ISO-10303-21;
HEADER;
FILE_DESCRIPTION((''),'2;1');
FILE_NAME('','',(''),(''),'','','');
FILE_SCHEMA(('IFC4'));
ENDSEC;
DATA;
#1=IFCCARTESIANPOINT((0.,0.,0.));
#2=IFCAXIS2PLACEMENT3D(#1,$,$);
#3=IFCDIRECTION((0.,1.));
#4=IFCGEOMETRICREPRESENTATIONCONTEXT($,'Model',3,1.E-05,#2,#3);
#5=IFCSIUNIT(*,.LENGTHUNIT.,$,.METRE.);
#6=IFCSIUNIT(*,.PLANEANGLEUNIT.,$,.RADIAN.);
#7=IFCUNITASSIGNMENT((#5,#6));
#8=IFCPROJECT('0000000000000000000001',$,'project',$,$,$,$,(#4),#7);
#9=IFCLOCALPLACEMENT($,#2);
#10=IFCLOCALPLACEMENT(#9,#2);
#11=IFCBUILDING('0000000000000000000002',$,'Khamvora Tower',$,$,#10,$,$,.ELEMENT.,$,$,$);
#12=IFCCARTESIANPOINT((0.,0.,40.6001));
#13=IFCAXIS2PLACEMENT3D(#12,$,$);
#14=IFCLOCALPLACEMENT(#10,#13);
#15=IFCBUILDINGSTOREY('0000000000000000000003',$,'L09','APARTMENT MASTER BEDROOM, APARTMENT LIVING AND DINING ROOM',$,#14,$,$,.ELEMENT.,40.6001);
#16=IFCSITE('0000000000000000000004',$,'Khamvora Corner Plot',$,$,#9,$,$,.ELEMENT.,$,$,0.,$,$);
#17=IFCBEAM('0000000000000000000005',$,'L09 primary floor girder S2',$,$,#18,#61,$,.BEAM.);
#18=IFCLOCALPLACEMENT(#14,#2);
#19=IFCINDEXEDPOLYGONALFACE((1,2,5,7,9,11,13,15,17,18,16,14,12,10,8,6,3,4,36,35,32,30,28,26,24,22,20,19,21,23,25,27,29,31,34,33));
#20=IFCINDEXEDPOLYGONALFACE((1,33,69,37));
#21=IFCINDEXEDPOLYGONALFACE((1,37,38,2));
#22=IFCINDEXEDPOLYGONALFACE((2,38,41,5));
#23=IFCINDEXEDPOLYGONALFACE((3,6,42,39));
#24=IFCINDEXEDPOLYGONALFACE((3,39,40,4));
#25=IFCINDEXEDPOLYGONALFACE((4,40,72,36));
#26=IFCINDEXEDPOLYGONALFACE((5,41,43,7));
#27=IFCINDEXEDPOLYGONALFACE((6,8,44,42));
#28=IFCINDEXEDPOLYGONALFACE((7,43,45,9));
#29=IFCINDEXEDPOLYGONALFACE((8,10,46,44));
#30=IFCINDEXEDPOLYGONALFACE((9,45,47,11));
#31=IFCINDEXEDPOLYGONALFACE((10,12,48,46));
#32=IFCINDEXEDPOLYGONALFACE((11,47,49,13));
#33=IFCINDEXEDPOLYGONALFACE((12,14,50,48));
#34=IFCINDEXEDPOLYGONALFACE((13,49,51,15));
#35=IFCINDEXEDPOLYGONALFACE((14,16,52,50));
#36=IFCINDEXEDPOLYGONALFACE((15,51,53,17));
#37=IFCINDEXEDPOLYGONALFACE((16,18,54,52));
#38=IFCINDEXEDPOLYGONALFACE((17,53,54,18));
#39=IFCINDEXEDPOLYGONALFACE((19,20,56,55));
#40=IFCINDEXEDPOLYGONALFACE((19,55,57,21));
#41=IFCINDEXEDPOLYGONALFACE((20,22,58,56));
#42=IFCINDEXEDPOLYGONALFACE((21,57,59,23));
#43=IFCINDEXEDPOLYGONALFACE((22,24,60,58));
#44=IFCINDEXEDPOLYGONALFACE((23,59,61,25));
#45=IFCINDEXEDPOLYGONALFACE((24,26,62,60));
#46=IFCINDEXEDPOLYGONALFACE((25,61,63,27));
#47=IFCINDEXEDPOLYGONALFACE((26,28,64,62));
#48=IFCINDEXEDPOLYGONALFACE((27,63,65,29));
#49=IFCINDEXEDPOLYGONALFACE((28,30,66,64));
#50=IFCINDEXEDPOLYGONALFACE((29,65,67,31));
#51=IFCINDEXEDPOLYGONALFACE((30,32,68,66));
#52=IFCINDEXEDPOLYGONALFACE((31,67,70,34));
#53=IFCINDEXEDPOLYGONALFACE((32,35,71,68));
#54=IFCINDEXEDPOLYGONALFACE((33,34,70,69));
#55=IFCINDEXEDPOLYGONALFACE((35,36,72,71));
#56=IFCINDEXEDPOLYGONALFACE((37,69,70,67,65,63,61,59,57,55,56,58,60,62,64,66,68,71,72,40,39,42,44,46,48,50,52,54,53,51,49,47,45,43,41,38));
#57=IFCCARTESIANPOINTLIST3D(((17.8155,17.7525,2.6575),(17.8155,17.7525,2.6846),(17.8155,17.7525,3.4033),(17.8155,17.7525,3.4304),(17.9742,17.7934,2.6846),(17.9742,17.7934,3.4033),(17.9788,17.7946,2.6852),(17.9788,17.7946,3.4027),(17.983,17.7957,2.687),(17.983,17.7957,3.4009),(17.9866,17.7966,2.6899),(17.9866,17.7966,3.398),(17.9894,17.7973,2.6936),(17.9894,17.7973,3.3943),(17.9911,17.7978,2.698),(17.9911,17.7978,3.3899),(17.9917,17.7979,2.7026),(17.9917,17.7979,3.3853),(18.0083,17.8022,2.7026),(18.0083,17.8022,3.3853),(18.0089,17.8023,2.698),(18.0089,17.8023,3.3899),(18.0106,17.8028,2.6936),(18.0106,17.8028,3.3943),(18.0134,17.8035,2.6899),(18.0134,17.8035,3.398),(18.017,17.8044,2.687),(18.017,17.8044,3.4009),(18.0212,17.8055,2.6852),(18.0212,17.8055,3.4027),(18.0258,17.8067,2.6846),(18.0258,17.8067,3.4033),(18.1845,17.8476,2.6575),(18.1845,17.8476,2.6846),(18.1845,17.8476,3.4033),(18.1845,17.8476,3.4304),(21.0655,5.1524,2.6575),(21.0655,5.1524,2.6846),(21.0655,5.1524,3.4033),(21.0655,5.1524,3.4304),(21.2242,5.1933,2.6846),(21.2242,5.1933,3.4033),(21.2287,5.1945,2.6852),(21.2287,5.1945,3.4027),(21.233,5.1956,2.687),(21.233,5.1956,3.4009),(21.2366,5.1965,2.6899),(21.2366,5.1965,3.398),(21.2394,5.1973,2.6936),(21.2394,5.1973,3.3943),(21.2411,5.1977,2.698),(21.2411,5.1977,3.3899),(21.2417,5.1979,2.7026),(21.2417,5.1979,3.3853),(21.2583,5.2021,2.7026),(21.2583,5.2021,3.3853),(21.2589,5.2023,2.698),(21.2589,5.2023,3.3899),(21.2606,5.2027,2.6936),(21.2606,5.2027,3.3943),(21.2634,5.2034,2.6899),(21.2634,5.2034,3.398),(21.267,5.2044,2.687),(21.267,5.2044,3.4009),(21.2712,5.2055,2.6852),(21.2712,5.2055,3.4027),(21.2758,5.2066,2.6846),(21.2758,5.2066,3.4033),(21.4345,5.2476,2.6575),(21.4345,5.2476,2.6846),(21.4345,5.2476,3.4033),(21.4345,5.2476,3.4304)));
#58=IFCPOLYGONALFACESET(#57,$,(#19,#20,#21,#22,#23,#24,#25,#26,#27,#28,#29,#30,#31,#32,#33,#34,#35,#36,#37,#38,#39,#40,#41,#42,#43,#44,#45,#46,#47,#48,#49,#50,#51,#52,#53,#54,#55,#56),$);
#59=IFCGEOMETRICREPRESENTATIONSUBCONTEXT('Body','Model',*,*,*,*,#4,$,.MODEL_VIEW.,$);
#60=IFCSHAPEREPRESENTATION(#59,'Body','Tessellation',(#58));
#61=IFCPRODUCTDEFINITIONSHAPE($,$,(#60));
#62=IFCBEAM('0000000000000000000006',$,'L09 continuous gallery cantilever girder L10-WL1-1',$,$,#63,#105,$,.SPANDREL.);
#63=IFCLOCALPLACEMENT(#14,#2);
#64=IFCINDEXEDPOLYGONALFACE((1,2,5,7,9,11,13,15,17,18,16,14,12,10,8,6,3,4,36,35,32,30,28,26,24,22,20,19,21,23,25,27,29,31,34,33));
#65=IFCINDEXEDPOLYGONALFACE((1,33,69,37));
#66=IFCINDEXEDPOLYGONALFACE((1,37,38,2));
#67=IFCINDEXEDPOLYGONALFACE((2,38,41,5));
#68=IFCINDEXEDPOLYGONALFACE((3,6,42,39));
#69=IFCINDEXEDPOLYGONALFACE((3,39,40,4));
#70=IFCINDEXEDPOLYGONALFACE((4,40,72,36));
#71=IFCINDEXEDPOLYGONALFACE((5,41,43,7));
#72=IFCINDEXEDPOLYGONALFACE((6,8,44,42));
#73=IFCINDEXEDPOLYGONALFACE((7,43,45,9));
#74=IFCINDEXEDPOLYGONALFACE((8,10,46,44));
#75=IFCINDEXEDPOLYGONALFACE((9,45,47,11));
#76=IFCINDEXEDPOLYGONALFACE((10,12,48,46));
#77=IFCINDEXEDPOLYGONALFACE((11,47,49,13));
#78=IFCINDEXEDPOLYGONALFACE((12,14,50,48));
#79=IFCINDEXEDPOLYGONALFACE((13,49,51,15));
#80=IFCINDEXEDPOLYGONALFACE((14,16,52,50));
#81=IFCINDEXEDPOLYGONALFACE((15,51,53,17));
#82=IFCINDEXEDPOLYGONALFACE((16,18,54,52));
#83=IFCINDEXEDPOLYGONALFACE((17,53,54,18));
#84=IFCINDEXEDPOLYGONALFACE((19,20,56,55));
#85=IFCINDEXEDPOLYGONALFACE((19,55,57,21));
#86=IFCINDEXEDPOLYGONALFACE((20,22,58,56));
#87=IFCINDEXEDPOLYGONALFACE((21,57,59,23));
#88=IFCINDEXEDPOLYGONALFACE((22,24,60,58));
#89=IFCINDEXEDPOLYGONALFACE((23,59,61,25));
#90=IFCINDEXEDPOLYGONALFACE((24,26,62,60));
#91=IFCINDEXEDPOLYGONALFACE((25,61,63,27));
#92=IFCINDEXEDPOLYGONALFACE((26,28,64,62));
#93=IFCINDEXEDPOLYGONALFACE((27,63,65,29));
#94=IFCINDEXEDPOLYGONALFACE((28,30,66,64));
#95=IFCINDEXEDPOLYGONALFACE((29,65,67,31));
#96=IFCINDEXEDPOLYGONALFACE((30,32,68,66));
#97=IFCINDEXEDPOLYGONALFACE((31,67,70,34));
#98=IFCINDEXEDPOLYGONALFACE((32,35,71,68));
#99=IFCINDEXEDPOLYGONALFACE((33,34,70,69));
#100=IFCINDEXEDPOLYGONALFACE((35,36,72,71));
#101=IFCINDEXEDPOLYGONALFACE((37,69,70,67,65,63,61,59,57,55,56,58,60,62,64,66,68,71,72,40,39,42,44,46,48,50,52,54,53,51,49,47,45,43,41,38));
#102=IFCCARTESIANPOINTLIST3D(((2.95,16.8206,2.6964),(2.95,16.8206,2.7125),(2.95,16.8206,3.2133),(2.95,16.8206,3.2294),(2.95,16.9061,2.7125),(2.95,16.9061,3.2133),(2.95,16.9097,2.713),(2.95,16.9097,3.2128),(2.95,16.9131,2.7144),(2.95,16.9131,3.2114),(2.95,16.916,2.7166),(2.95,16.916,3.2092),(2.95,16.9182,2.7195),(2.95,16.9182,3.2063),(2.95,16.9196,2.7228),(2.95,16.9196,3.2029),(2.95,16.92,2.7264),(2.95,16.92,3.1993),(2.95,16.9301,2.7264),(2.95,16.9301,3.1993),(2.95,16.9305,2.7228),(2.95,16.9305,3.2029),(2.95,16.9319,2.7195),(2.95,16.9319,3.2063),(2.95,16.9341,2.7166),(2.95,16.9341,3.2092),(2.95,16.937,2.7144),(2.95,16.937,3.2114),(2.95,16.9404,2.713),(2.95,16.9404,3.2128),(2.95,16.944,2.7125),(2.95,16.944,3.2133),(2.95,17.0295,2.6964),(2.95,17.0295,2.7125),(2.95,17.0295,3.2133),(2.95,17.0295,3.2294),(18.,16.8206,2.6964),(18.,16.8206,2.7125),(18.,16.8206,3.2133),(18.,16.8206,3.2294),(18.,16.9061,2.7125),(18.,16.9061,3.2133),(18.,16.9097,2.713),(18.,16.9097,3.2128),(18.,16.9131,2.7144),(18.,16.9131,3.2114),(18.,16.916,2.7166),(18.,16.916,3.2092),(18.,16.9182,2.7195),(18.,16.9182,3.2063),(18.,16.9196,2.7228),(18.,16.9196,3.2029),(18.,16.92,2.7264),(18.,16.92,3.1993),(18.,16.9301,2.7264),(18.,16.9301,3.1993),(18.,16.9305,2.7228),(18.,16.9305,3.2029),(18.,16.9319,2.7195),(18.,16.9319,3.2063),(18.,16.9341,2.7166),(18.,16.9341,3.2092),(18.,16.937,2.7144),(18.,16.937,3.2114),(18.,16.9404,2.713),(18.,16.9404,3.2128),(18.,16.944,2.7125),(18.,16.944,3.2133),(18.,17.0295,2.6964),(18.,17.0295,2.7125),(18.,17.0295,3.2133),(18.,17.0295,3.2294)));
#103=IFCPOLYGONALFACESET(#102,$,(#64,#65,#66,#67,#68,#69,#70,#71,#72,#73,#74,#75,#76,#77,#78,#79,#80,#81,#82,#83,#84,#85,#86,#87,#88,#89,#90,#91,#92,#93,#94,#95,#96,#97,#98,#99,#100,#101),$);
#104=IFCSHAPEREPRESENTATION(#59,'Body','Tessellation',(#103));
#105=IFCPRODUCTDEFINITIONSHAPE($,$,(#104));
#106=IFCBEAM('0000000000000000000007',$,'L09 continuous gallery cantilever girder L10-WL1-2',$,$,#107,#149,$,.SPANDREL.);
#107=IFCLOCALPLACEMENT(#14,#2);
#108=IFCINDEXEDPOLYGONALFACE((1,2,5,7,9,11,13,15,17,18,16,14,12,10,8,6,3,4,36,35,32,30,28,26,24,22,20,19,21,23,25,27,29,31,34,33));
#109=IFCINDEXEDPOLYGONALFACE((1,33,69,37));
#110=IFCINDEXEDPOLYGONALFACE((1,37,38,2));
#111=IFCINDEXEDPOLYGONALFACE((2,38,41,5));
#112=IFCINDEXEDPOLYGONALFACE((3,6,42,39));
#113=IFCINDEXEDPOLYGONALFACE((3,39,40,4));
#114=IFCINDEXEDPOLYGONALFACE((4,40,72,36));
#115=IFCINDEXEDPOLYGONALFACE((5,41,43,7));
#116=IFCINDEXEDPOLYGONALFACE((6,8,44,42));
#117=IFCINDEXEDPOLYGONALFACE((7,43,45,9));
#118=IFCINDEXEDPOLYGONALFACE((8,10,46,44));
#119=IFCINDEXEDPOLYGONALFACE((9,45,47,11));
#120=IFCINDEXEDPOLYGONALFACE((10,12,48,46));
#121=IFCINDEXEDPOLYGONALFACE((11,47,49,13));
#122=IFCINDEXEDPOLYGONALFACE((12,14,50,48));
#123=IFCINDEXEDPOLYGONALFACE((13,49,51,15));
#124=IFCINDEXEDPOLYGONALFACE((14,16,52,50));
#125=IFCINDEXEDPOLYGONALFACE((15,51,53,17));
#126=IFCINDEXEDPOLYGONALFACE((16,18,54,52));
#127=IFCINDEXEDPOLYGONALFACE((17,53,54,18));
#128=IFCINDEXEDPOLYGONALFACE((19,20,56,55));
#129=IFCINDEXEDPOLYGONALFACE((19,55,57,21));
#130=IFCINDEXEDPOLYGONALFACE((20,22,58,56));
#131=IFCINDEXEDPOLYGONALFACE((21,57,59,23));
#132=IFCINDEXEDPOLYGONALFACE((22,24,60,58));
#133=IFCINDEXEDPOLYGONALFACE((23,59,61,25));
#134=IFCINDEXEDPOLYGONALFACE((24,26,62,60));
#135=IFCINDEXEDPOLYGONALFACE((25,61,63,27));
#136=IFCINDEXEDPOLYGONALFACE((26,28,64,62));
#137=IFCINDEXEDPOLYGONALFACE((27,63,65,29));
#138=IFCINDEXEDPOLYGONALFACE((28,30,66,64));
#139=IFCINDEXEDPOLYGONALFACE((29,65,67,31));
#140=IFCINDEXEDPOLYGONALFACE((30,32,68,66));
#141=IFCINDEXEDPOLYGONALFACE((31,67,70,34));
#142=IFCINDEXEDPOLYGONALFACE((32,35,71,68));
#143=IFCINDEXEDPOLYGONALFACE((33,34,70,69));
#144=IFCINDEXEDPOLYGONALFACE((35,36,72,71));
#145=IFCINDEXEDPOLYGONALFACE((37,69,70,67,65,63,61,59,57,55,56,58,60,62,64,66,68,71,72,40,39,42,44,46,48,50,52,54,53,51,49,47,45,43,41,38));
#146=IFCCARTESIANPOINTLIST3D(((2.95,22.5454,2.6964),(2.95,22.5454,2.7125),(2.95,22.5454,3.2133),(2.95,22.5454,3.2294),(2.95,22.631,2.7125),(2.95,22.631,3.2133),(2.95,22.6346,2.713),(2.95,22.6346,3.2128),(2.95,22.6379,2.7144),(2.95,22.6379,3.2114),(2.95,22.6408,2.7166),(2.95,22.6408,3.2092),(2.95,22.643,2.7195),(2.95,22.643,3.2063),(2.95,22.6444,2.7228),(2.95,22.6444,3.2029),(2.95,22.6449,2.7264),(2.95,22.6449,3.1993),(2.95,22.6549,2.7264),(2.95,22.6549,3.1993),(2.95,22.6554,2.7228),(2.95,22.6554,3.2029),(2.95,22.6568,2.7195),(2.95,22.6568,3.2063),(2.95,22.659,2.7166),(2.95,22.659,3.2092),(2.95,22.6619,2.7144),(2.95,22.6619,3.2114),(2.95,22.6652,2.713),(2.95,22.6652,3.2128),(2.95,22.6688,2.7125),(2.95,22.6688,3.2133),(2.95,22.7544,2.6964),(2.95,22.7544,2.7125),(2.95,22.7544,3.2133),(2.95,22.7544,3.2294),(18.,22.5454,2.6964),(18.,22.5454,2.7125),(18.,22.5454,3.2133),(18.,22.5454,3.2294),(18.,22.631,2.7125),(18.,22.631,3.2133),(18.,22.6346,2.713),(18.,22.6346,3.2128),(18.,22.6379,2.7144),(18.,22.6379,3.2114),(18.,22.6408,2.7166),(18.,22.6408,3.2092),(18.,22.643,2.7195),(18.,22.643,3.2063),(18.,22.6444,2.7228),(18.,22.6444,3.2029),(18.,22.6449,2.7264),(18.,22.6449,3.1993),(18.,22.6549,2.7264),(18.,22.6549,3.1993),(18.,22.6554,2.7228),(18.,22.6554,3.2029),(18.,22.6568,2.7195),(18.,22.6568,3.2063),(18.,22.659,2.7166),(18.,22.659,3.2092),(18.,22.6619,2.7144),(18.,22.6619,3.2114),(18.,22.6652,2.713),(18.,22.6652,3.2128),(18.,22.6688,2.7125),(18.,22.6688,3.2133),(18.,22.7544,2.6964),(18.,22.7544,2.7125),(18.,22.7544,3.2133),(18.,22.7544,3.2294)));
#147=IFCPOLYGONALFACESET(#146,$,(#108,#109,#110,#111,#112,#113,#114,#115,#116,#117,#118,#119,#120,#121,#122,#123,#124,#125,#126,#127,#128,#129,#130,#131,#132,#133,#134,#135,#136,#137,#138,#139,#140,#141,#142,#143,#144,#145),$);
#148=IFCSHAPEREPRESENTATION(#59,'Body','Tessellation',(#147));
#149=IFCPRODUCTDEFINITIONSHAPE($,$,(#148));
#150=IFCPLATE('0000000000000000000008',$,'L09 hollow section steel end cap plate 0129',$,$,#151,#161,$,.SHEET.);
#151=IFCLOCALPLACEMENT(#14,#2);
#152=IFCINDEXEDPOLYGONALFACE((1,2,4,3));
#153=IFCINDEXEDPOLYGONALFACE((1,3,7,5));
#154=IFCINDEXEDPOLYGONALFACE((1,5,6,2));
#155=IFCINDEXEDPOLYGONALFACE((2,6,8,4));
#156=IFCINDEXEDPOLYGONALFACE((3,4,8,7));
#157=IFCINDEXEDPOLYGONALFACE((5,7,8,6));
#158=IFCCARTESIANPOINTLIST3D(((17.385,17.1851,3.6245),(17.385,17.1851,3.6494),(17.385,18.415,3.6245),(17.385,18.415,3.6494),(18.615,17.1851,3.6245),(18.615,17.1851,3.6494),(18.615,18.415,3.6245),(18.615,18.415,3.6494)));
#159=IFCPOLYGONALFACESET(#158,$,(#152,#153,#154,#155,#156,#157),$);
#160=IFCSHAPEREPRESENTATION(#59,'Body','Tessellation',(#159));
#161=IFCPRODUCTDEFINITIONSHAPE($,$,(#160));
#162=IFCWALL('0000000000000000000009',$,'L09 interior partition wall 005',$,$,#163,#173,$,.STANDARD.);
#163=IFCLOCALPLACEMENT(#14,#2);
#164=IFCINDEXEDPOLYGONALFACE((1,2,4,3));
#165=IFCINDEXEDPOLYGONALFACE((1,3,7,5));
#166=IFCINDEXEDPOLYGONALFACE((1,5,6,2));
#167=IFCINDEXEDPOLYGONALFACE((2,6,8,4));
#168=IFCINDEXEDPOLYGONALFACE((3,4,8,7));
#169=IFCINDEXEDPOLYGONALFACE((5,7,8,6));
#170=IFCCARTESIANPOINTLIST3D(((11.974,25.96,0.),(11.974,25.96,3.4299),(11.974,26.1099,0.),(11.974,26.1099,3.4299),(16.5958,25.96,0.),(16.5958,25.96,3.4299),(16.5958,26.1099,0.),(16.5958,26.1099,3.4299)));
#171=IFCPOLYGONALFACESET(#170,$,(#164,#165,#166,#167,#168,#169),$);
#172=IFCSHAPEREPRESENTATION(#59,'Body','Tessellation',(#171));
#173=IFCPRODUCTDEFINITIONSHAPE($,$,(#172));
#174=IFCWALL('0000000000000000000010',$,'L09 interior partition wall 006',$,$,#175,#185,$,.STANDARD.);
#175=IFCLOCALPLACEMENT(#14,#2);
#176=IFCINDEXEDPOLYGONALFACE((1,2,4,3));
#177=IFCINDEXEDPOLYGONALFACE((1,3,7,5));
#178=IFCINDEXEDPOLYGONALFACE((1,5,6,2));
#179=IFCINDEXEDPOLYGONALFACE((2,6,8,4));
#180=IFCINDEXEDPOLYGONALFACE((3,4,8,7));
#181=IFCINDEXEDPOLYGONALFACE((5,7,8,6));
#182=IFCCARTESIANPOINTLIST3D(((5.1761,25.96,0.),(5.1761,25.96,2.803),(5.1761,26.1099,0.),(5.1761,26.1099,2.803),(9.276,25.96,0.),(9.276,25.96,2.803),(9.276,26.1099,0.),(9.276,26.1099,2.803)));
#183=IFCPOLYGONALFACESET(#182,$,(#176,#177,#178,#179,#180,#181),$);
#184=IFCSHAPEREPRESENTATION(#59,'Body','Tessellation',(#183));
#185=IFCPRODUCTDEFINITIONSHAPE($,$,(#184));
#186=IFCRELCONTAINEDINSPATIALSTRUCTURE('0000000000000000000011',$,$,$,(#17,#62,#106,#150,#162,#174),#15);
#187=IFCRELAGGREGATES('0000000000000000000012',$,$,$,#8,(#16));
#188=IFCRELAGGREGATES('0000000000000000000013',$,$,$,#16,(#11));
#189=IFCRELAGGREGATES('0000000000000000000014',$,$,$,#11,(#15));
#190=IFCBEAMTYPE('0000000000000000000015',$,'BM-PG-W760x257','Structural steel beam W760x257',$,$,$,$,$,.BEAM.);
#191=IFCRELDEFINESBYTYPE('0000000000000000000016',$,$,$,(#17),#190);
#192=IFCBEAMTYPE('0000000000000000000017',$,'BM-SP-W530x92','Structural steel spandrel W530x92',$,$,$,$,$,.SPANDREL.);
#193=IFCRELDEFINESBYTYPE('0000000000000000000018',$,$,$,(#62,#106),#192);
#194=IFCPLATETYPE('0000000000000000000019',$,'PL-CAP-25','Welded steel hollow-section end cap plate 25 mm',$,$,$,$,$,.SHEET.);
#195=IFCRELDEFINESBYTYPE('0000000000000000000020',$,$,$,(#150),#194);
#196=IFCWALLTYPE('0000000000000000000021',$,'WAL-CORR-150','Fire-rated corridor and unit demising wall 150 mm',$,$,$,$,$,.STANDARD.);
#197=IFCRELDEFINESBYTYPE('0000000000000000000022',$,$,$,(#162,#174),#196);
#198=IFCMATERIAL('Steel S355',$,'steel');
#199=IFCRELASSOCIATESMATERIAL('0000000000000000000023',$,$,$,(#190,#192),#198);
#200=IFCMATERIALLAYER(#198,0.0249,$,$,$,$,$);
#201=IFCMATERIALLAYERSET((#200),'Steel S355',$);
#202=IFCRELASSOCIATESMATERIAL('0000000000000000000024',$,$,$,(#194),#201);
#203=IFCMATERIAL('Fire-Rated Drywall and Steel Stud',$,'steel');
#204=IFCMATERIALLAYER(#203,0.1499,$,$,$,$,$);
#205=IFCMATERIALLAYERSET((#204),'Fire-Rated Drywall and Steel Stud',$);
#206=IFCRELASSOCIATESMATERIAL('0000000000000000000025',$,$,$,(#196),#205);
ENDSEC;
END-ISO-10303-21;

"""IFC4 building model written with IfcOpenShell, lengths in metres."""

from ifc_helpers import new_model, si_unit, direction, frame, frame_2d, origin, origin_2d, place, context, subcontext, project, spatial, rectangle, i_section, extrude, material, layer, layer_set, material_profile, profile_set, type_object, element, save


model = new_model("IFC4")

# Units and contexts
model_context = context("Model", 3, precision=1e-05, world=origin(), true_north=direction((0.0, 1.0)))
body_context = subcontext(model_context, "Body", "Model", "MODEL_VIEW")
ifc_project = project(units=[si_unit("LENGTHUNIT", "METRE"), si_unit("PLANEANGLEUNIT", "RADIAN")], contexts=[model_context])

# Site, building, storey
site_placement = place(None, origin())
site = spatial("IfcSite", under=ifc_project, at=site_placement, Name="Khamvora Corner Plot", CompositionType="ELEMENT", RefElevation=0.0)
building_placement = place(site_placement, origin())
building = spatial("IfcBuilding", under=site, at=building_placement, Name="Khamvora Tower", CompositionType="ELEMENT")
storey_placement = place(building_placement, frame((0.0, 0.0, 40.6001)))
storey = spatial("IfcBuildingStorey", under=building, at=storey_placement, Name="L09", Description="APARTMENT MASTER BEDROOM, APARTMENT LIVING AND DINING ROOM", CompositionType="ELEMENT", Elevation=40.6001)

# Beams
ifc_material_1 = material(Name="Steel S355", Category="steel")
ifc_material_profile_1 = material_profile(ifc_material_1, i_section(OverallWidth=0.3811, OverallDepth=0.7729, WebThickness=0.0171, FlangeThickness=0.0271, FilletRadius=0.0181, at=origin_2d()), Name="W760x257")
ifc_profile_set_1 = profile_set([ifc_material_profile_1], Name="Steel S355")
beam_type_1 = type_object("IfcBeamType", Name="BM-PG-W760x257", Description="Structural steel beam W760x257", PredefinedType="BEAM", material=ifc_profile_set_1)
beam_1_placement = place(storey_placement, frame((18.0, 17.8, 3.0439), z_axis=(0.24976, -0.968308, 0.0), x_axis=(0.968308, 0.24976, 0.0)))
element("IfcBeam", 1, at=beam_1_placement, inside=storey, type_object=beam_type_1, Name="L09 primary floor girder S2", PredefinedType="BEAM", context=body_context, shape_type="SweptSolid", body=[
    extrude(i_section(OverallWidth=0.3811, OverallDepth=0.7729, WebThickness=0.0171, FlangeThickness=0.0271, FilletRadius=0.0181, at=origin_2d()), origin(), (0.0, 0.0, 1.0), 13.0125),
])
ifc_material_profile_2 = material_profile(ifc_material_1, i_section(OverallWidth=0.209, OverallDepth=0.533, WebThickness=0.01, FlangeThickness=0.0161, FilletRadius=0.0139, at=origin_2d()), Name="W530x92")
ifc_profile_set_2 = profile_set([ifc_material_profile_2], Name="Steel S355")
beam_type_2 = type_object("IfcBeamType", Name="BM-SP-W530x92", Description="Structural steel spandrel W530x92", PredefinedType="SPANDREL", material=ifc_profile_set_2)
for number, where, z_axis, x_axis, name in (
    (2, (18.0, 16.925, 2.9629), (-1.0, 0.0, 0.0), (0.0, -1.0, 0.0), "L09 continuous gallery cantilever girder L10-WL1-1"),
    (3, (18.0, 22.6499, 2.9629), (-1.0, 0.0, 0.0), (0.0, -1.0, 0.0), "L09 continuous gallery cantilever girder L10-WL1-2"),
):
    element("IfcBeam", number, at=place(storey_placement, frame(where, z_axis=z_axis, x_axis=x_axis)), inside=storey, type_object=beam_type_2, Name=name, PredefinedType="SPANDREL", context=body_context, shape_type="SweptSolid", body=[
        extrude(i_section(OverallWidth=0.209, OverallDepth=0.533, WebThickness=0.01, FlangeThickness=0.0161, FilletRadius=0.0139, at=origin_2d()), origin(), (0.0, 0.0, 1.0), 15.05),
    ])

# Plate
ifc_layer_1 = layer(ifc_material_1, 0.0249)
ifc_layer_set_1 = layer_set([ifc_layer_1], Name="Steel S355")
plate_type = type_object("IfcPlateType", Name="PL-CAP-25", Description="Welded steel hollow-section end cap plate 25 mm", PredefinedType="SHEET", material=ifc_layer_set_1)
plate_placement = place(storey_placement, frame((18.0, 17.8, 3.6245), z_axis=(0.0, 0.0, 1.0), x_axis=(1.0, 0.0, 0.0)))
element("IfcPlate", 4, at=plate_placement, inside=storey, type_object=plate_type, Name="L09 hollow section steel end cap plate 0129", PredefinedType="SHEET", context=body_context, shape_type="SweptSolid", body=[
    extrude(rectangle(XDim=1.23, YDim=1.23, at=origin_2d()), origin(), (0.0, 0.0, 1.0), 0.0249),
])

# Shared definitions
ifc_material_2 = material(Name="Fire-Rated Drywall and Steel Stud", Category="steel")
ifc_layer_2 = layer(ifc_material_2, 0.1499)
ifc_layer_set_2 = layer_set([ifc_layer_2], Name="Fire-Rated Drywall and Steel Stud")
wall_type_1 = type_object("IfcWallType", Name="WAL-CORR-150", Description="Fire-rated corridor and unit demising wall 150 mm", PredefinedType="STANDARD", material=ifc_layer_set_2)

# Walls
wall_1_placement = place(storey_placement, frame((16.5959, 26.0349, 0.0), z_axis=(0.0, 0.0, 1.0), x_axis=(-1.0, 0.0, 0.0)))
element("IfcWall", 5, at=wall_1_placement, inside=storey, type_object=wall_type_1, Name="L09 interior partition wall 005", PredefinedType="STANDARD", context=body_context, shape_type="SweptSolid", body=[
    extrude(rectangle(XDim=4.6218, YDim=0.1499, at=frame_2d((2.311, 0.0))), origin(), (0.0, 0.0, 1.0), 3.4299),
])
wall_2_placement = place(storey_placement, frame((9.2759, 26.0349, 0.0), z_axis=(0.0, 0.0, 1.0), x_axis=(-1.0, 0.0, 0.0)))
element("IfcWall", 6, at=wall_2_placement, inside=storey, type_object=wall_type_1, Name="L09 interior partition wall 006", PredefinedType="STANDARD", context=body_context, shape_type="SweptSolid", body=[
    extrude(rectangle(XDim=4.0999, YDim=0.1499, at=frame_2d((2.0498, 0.0))), origin(), (0.0, 0.0, 1.0), 2.803),
])

save(model, "model.ifc")
